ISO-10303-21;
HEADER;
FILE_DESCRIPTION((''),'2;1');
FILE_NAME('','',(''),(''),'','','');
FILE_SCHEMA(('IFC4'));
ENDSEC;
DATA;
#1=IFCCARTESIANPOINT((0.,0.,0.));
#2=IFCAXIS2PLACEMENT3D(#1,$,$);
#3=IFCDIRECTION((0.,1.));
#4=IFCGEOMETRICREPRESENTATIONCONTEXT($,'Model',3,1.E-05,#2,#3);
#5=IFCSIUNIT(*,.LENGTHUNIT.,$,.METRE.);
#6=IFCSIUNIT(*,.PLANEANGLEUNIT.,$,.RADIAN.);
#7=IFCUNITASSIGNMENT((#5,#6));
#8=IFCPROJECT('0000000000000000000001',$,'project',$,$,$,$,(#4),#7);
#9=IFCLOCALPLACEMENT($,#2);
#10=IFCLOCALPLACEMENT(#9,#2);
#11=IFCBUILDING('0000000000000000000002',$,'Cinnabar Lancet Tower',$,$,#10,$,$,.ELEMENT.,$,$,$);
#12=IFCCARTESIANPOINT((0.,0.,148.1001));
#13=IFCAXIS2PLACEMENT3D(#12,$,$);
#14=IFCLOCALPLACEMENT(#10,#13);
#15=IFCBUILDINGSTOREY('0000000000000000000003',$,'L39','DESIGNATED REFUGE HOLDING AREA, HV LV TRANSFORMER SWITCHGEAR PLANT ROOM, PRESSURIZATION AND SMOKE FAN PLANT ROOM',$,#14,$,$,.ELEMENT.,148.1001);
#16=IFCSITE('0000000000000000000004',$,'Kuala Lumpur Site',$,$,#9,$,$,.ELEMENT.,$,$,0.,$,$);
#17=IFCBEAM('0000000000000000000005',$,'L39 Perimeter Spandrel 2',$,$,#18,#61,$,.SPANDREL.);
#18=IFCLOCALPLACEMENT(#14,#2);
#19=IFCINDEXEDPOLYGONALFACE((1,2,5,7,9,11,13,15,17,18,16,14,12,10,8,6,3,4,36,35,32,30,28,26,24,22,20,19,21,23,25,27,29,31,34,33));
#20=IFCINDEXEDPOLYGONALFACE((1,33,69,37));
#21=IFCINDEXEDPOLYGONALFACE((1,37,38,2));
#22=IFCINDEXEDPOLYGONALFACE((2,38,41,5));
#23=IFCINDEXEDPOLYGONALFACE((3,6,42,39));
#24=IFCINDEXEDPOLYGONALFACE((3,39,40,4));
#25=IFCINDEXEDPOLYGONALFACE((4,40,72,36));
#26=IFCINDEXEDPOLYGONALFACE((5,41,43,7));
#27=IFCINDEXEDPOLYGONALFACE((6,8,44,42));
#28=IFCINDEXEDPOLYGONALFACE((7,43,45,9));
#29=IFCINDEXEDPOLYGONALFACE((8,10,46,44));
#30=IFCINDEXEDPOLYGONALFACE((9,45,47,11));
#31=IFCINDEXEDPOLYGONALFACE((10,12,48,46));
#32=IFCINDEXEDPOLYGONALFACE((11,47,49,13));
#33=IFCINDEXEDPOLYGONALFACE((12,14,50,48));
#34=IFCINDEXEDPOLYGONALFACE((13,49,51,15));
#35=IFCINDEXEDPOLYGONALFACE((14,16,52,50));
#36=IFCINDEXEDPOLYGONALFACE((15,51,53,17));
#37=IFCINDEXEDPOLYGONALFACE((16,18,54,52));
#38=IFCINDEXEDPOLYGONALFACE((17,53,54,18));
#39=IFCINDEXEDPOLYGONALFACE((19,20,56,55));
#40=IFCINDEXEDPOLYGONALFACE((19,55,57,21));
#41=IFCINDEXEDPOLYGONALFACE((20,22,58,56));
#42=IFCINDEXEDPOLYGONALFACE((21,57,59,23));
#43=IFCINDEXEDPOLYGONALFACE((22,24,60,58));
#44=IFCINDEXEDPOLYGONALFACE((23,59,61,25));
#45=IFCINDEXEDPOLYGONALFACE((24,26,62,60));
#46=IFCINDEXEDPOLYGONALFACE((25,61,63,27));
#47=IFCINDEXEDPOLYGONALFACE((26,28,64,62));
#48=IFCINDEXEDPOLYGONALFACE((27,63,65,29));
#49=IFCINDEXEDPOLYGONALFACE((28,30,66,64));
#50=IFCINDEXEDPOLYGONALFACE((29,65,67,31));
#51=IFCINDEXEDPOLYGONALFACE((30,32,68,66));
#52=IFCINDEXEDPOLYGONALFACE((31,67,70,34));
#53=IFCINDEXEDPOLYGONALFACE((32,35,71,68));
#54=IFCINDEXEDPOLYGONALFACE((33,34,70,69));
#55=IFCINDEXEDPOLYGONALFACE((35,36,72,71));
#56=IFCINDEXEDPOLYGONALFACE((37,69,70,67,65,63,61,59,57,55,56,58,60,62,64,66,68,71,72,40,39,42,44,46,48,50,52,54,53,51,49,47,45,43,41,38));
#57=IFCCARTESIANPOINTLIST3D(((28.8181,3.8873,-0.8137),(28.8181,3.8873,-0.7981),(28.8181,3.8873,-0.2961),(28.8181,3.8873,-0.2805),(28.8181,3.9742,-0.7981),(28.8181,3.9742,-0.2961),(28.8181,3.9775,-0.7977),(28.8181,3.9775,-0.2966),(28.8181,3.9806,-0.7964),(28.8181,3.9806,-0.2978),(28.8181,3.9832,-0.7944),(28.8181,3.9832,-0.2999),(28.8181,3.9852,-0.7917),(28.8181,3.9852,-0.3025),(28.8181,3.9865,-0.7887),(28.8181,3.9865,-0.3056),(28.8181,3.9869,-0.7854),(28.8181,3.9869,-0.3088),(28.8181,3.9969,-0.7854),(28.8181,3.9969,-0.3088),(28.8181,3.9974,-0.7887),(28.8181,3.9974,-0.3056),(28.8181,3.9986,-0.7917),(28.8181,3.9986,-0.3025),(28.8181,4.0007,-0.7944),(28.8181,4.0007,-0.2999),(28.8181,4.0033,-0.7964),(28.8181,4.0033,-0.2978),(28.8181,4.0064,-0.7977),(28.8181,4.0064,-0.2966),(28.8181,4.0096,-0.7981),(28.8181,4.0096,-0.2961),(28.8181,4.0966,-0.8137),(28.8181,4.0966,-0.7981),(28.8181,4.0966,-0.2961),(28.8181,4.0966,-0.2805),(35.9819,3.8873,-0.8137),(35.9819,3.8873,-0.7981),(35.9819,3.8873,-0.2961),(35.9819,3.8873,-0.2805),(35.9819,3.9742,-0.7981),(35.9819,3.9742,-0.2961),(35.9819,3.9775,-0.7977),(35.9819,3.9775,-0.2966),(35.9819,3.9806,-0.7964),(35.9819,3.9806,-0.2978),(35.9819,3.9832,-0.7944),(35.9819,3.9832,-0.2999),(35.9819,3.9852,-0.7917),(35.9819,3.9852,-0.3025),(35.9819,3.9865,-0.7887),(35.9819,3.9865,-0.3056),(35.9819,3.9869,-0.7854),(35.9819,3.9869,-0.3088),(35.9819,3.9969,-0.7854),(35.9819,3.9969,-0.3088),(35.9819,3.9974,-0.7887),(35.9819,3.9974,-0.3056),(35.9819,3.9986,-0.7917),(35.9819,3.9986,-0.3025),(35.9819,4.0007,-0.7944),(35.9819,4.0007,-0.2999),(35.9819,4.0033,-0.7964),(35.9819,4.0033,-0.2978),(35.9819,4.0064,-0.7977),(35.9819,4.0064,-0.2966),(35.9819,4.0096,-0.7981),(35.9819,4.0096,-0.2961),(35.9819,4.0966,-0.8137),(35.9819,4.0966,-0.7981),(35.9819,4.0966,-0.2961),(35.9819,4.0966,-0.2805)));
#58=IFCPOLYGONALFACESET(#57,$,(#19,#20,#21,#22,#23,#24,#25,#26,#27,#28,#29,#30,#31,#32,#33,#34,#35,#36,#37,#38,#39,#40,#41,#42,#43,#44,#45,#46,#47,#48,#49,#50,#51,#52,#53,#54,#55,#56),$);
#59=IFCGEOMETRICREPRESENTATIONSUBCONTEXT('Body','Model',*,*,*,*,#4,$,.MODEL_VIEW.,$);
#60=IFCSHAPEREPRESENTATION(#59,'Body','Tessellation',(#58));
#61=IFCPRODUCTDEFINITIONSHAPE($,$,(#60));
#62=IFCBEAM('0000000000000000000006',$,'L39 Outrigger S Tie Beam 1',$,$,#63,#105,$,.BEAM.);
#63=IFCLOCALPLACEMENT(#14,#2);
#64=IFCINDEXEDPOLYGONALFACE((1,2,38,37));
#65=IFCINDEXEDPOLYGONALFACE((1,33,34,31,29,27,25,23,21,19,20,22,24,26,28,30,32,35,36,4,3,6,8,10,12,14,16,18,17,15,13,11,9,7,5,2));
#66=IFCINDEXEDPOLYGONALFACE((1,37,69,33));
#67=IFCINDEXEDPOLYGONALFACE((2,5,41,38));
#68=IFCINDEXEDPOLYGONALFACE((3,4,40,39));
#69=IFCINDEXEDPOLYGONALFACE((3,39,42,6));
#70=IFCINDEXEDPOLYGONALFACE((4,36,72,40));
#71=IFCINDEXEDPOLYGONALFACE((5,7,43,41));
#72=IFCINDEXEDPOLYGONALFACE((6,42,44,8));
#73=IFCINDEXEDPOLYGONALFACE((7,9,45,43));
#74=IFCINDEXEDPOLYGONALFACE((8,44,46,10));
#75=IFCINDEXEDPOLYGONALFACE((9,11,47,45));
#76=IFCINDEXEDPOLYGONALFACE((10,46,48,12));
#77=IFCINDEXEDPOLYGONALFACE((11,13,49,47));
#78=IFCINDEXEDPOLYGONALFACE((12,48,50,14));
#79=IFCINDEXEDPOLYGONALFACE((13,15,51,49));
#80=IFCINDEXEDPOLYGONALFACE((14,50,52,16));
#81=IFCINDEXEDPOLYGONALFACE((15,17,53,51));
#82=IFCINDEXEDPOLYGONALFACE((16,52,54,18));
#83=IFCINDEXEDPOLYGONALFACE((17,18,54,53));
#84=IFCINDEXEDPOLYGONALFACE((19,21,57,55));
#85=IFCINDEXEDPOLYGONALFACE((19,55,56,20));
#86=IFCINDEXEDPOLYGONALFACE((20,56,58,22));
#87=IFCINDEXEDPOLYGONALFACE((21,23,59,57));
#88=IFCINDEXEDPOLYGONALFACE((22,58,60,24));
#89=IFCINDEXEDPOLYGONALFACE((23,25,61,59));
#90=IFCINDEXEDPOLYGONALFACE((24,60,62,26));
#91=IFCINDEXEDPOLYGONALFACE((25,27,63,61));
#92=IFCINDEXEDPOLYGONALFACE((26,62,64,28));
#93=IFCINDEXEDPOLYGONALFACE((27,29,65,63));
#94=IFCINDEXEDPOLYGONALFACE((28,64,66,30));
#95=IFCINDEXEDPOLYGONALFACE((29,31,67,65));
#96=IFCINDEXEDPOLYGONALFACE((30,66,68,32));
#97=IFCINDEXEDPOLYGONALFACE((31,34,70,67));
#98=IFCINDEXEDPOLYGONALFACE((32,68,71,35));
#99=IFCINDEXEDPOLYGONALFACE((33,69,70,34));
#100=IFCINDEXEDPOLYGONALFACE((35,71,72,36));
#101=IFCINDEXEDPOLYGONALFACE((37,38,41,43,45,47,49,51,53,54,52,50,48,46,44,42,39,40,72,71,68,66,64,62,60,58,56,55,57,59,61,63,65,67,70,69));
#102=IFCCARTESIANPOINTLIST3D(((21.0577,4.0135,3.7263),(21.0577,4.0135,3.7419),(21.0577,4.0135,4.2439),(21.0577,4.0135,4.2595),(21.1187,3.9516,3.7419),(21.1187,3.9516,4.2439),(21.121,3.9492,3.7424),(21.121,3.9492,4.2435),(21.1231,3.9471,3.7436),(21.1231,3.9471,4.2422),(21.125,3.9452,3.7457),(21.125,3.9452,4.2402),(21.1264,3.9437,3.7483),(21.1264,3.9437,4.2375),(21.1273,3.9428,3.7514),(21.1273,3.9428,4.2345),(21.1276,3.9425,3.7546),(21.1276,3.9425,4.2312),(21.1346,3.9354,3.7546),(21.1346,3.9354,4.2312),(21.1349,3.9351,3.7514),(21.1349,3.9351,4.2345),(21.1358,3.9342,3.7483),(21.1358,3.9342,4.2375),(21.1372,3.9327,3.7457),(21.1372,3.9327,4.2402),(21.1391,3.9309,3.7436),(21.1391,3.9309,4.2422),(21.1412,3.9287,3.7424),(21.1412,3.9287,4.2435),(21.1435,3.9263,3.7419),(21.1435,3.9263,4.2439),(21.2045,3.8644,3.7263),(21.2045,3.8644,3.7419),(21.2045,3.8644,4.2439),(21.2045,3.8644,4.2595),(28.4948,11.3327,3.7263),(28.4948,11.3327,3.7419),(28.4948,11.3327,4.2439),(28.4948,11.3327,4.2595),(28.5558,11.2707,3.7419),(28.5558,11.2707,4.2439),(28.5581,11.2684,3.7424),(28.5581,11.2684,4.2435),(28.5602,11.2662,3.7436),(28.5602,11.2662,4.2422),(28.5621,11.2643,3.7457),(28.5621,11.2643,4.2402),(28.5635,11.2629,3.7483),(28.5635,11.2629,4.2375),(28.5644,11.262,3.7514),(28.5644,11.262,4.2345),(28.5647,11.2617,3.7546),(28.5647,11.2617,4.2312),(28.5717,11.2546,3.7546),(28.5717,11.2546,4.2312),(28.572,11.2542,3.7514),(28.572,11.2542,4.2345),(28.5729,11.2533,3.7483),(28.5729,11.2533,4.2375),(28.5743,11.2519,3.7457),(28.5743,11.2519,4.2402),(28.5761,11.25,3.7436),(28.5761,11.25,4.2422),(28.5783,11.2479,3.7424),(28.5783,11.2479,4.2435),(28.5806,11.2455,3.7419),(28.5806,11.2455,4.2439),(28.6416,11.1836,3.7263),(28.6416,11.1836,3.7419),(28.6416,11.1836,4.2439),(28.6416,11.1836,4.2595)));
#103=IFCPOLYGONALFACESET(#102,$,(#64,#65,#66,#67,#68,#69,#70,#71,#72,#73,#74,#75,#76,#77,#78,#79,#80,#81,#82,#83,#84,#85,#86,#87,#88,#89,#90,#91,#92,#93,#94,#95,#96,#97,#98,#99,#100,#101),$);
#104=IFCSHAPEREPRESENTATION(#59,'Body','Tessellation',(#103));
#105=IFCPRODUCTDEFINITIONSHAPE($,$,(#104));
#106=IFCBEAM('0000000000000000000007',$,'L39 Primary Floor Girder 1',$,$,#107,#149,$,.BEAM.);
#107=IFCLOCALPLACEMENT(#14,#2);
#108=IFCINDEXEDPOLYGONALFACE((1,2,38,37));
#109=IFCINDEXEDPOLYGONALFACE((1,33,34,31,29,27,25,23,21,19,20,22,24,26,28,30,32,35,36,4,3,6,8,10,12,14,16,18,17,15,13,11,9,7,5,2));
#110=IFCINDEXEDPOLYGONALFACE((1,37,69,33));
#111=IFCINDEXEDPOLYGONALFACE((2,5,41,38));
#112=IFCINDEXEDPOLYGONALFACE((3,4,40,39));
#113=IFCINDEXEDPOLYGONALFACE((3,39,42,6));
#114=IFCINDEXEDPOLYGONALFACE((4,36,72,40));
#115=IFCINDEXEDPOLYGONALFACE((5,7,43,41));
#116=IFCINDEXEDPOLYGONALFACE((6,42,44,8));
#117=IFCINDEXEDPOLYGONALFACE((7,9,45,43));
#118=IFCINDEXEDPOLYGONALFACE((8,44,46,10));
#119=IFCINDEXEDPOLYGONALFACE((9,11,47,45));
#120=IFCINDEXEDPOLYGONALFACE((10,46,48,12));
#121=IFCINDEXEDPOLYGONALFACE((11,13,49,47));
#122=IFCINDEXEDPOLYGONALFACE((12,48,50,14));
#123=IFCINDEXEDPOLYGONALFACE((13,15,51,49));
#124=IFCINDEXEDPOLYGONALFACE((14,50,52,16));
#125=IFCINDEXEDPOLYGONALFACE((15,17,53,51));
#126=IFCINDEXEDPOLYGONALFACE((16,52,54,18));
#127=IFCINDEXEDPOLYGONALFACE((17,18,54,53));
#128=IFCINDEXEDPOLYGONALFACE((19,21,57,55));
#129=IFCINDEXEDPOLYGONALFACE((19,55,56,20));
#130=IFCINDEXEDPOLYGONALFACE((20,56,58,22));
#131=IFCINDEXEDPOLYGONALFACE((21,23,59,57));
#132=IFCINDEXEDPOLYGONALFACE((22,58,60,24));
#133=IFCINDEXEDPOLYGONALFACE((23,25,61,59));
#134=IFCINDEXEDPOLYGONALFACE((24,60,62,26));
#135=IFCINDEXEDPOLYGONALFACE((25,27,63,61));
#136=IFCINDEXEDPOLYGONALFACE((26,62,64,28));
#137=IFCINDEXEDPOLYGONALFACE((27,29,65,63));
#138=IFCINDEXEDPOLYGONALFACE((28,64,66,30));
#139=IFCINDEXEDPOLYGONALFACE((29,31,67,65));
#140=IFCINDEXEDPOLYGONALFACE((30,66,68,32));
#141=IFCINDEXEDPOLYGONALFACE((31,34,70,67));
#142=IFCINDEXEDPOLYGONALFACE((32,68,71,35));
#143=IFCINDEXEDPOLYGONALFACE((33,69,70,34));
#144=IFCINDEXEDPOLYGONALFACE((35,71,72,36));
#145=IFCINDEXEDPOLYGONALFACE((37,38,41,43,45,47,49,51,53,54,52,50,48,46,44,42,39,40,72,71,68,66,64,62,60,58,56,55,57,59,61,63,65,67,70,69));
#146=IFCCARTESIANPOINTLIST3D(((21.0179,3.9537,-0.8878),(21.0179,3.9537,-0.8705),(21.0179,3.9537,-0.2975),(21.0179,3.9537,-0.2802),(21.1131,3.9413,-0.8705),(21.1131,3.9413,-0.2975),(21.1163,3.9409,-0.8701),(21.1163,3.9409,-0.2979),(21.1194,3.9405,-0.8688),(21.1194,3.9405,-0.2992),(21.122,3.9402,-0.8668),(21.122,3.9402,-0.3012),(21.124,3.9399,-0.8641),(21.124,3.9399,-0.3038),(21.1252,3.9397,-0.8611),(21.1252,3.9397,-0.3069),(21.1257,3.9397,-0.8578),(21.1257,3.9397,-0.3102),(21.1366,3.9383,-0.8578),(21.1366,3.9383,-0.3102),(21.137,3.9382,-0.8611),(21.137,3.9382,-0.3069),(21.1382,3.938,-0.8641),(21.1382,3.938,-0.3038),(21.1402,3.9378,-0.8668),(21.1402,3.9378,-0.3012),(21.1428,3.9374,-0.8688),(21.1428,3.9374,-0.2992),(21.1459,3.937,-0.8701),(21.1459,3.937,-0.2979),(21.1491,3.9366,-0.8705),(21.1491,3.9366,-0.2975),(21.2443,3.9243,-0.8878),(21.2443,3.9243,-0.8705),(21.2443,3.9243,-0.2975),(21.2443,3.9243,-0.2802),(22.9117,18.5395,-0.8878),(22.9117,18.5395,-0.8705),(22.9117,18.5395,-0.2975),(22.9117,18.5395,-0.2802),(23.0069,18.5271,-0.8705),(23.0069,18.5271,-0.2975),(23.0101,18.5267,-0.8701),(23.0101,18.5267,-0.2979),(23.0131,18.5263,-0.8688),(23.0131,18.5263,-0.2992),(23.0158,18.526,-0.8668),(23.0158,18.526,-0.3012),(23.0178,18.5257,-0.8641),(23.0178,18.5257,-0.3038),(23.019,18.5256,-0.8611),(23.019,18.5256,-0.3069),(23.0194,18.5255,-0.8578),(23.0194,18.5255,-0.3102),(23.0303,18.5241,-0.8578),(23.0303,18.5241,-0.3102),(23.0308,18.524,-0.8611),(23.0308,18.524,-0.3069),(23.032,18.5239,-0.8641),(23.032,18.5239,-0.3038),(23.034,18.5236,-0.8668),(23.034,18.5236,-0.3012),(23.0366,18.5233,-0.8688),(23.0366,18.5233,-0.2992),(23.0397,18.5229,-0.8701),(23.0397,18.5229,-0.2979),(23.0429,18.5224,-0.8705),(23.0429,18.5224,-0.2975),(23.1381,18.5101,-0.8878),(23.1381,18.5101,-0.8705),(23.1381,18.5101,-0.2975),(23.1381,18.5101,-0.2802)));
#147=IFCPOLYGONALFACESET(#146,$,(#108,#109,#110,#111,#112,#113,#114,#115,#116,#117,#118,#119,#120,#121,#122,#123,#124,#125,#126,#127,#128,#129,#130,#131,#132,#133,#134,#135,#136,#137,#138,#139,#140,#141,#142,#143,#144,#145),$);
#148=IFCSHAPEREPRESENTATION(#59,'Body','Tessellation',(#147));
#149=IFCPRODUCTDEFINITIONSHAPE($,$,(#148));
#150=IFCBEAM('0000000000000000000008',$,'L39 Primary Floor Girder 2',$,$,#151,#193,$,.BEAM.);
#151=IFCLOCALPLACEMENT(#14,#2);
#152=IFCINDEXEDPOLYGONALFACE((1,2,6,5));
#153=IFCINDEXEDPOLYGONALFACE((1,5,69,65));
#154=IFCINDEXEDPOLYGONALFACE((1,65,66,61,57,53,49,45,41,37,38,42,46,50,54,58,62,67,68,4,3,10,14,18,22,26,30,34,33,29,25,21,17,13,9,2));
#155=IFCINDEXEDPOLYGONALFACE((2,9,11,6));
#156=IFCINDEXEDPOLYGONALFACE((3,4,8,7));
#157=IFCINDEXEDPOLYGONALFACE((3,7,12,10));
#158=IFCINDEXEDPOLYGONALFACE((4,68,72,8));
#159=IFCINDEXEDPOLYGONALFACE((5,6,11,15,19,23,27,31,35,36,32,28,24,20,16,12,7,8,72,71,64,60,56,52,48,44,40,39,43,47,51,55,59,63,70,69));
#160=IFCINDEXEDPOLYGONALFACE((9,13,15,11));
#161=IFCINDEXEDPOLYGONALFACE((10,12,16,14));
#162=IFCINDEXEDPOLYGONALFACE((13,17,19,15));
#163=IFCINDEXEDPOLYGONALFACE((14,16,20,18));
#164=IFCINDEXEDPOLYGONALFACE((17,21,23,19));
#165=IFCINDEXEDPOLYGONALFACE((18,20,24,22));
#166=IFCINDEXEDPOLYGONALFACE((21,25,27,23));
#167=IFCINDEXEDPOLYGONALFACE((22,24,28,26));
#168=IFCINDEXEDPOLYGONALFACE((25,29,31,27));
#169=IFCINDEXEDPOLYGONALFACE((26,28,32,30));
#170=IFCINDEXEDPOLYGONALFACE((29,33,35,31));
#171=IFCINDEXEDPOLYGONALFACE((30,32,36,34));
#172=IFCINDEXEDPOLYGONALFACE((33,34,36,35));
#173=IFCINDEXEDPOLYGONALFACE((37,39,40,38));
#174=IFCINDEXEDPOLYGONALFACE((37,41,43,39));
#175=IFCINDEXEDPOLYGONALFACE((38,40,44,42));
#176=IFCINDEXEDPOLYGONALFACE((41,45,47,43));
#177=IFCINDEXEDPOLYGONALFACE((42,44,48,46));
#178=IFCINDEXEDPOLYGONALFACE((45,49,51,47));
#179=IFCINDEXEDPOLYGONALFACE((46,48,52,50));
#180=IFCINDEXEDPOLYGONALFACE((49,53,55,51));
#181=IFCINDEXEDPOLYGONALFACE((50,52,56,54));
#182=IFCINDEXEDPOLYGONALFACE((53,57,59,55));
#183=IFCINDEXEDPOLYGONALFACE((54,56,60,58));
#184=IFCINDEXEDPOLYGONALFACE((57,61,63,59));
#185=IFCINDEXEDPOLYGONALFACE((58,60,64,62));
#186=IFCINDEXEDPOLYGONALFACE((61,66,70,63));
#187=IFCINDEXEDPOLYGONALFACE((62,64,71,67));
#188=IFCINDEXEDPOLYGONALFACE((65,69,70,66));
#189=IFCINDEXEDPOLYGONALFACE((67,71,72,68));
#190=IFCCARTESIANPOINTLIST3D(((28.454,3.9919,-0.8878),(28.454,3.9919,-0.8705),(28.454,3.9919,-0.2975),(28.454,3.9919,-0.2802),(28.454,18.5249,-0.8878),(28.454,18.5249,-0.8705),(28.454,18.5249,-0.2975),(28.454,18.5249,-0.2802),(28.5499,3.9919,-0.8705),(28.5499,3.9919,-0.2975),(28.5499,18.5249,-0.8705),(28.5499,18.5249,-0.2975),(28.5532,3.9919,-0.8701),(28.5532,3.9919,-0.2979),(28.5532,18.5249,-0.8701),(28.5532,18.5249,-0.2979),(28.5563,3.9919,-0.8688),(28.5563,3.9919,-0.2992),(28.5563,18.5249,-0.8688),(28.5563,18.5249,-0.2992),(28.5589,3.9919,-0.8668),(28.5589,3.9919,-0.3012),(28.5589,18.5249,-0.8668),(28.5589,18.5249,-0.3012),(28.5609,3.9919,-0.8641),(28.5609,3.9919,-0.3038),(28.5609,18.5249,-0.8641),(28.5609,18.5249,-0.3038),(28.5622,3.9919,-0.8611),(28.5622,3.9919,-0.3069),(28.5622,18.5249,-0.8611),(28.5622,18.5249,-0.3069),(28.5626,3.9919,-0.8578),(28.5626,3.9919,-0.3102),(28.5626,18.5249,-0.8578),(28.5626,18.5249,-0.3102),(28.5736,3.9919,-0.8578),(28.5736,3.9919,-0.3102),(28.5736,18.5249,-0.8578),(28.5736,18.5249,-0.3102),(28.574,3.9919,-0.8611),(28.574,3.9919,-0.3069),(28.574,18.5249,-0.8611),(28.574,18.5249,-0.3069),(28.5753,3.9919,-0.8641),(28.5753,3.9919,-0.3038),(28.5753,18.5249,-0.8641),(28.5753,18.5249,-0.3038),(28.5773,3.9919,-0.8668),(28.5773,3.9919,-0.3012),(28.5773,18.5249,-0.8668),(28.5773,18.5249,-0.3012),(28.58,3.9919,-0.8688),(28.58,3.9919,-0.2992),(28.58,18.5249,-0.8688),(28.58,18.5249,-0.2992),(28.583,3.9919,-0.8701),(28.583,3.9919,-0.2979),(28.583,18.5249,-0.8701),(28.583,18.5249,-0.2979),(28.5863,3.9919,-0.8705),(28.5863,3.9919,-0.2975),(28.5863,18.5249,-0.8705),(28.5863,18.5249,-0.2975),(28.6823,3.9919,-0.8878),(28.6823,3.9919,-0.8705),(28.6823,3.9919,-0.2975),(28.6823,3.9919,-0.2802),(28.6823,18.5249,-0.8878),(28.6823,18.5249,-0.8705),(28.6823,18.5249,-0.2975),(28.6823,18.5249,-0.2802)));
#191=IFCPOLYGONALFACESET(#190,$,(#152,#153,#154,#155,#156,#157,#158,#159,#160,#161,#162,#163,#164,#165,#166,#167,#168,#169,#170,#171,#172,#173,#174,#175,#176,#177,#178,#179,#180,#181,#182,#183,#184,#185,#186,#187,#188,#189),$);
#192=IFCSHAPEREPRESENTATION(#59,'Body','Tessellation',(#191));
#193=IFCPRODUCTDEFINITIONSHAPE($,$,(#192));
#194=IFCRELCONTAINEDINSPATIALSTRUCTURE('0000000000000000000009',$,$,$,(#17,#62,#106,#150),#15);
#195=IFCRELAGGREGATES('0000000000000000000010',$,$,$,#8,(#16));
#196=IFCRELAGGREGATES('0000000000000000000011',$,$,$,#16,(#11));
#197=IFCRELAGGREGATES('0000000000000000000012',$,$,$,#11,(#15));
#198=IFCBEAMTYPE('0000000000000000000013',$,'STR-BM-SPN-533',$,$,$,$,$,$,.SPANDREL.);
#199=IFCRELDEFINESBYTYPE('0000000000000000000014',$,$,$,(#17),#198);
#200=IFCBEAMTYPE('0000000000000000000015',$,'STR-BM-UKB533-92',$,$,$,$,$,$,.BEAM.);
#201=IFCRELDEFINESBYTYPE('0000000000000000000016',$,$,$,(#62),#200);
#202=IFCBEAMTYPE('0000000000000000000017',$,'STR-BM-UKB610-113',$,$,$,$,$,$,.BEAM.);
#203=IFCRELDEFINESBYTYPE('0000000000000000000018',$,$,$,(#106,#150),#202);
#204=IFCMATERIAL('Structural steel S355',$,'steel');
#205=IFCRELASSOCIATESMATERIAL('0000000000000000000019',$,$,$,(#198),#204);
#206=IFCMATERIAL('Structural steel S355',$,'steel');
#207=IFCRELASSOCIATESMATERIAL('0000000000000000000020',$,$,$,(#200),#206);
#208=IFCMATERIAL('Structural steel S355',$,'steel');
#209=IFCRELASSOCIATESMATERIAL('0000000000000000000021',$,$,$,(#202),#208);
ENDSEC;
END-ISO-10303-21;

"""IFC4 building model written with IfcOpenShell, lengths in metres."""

from ifc_helpers import new_model, si_unit, direction, frame, origin, origin_2d, place, context, subcontext, project, spatial, i_section, extrude, material, material_profile, profile_set, type_object, element, save


model = new_model("IFC4")

# Units and contexts
model_context = context("Model", 3, precision=1e-05, world=origin(), true_north=direction((0.0, 1.0)))
body_context = subcontext(model_context, "Body", "Model", "MODEL_VIEW")
ifc_project = project(units=[si_unit("LENGTHUNIT", "METRE"), si_unit("PLANEANGLEUNIT", "RADIAN")], contexts=[model_context])

# Site, building, storey
site_placement = place(None, origin())
site = spatial("IfcSite", under=ifc_project, at=site_placement, Name="Kuala Lumpur Site", CompositionType="ELEMENT", RefElevation=0.0)
building_placement = place(site_placement, origin())
building = spatial("IfcBuilding", under=site, at=building_placement, Name="Cinnabar Lancet Tower", CompositionType="ELEMENT")
storey_placement = place(building_placement, frame((0.0, 0.0, 148.1001)))
storey = spatial("IfcBuildingStorey", under=building, at=storey_placement, Name="L39", Description="DESIGNATED REFUGE HOLDING AREA, HV LV TRANSFORMER SWITCHGEAR PLANT ROOM, PRESSURIZATION AND SMOKE FAN PLANT ROOM", CompositionType="ELEMENT", Elevation=148.1001)

# Beams
ifc_material_1 = material(Name="Structural steel S355", Category="steel")
ifc_material_profile_1 = material_profile(ifc_material_1, i_section(OverallWidth=0.2092, OverallDepth=0.5332, WebThickness=0.01, FlangeThickness=0.0156, FilletRadius=0.0127, at=origin_2d()), Name="UKB 533x210x92")
ifc_profile_set_1 = profile_set([ifc_material_profile_1], Name="Structural steel S355")
beam_type_1 = type_object("IfcBeamType", Name="STR-BM-SPN-533", PredefinedType="SPANDREL", material=ifc_profile_set_1)
beam_1_placement = place(storey_placement, frame((28.8181, 3.9919, -0.5471), z_axis=(1.0, 0.0, 0.0), x_axis=(0.0, 1.0, 0.0)))
element("IfcBeam", 1, at=beam_1_placement, inside=storey, type_object=beam_type_1, Name="L39 Perimeter Spandrel 2", PredefinedType="SPANDREL", context=body_context, shape_type="SweptSolid", body=[
    extrude(i_section(OverallWidth=0.2092, OverallDepth=0.5332, WebThickness=0.01, FlangeThickness=0.0156, FilletRadius=0.0127, at=origin_2d()), origin(), (0.0, 0.0, 1.0), 7.1638),
])
ifc_material_2 = material(Name="Structural steel S355", Category="steel")
ifc_material_profile_2 = material_profile(ifc_material_2, i_section(OverallWidth=0.2092, OverallDepth=0.5332, WebThickness=0.01, FlangeThickness=0.0156, FilletRadius=0.0127, at=origin_2d()), Name="UKB 533x210x92")
ifc_profile_set_2 = profile_set([ifc_material_profile_2], Name="Structural steel S355")
beam_type_2 = type_object("IfcBeamType", Name="STR-BM-UKB533-92", PredefinedType="BEAM", material=ifc_profile_set_2)
beam_2_placement = place(storey_placement, frame((21.1311, 3.939, 3.9929), z_axis=(0.712735, 0.701434, 0.0), x_axis=(-0.701434, 0.712735, 0.0)))
element("IfcBeam", 2, at=beam_2_placement, inside=storey, type_object=beam_type_2, Name="L39 Outrigger S Tie Beam 1", PredefinedType="BEAM", context=body_context, shape_type="SweptSolid", body=[
    extrude(i_section(OverallWidth=0.2092, OverallDepth=0.5332, WebThickness=0.01, FlangeThickness=0.0156, FilletRadius=0.0127, at=origin_2d()), origin(), (0.0, 0.0, 1.0), 10.4346),
])
ifc_material_3 = material(Name="Structural steel S355", Category="steel")
ifc_material_profile_3 = material_profile(ifc_material_3, i_section(OverallWidth=0.2283, OverallDepth=0.6077, WebThickness=0.011, FlangeThickness=0.0173, FilletRadius=0.0127, at=origin_2d()), Name="UKB 610x229x113")
ifc_profile_set_3 = profile_set([ifc_material_profile_3], Name="Structural steel S355")
beam_type_3 = type_object("IfcBeamType", Name="STR-BM-UKB610-113", PredefinedType="BEAM", material=ifc_profile_set_3)
beam_3_placement = place(storey_placement, frame((21.1311, 3.939, -0.584), z_axis=(0.128757, 0.991676, 0.0), x_axis=(-0.991676, 0.128757, 0.0)))
element("IfcBeam", 3, at=beam_3_placement, inside=storey, type_object=beam_type_3, Name="L39 Primary Floor Girder 1", PredefinedType="BEAM", context=body_context, shape_type="SweptSolid", body=[
    extrude(i_section(OverallWidth=0.2283, OverallDepth=0.6077, WebThickness=0.011, FlangeThickness=0.0173, FilletRadius=0.0127, at=origin_2d()), origin(), (0.0, 0.0, 1.0), 14.7083),
])
beam_4_placement = place(storey_placement, frame((28.5681, 3.9919, -0.584), z_axis=(0.0, 1.0, 0.0), x_axis=(-1.0, 0.0, 0.0)))
element("IfcBeam", 4, at=beam_4_placement, inside=storey, type_object=beam_type_3, Name="L39 Primary Floor Girder 2", PredefinedType="BEAM", context=body_context, shape_type="SweptSolid", body=[
    extrude(i_section(OverallWidth=0.2283, OverallDepth=0.6077, WebThickness=0.011, FlangeThickness=0.0173, FilletRadius=0.0127, at=origin_2d()), origin(), (0.0, 0.0, 1.0), 14.533),
])

save(model, "model.ifc")
